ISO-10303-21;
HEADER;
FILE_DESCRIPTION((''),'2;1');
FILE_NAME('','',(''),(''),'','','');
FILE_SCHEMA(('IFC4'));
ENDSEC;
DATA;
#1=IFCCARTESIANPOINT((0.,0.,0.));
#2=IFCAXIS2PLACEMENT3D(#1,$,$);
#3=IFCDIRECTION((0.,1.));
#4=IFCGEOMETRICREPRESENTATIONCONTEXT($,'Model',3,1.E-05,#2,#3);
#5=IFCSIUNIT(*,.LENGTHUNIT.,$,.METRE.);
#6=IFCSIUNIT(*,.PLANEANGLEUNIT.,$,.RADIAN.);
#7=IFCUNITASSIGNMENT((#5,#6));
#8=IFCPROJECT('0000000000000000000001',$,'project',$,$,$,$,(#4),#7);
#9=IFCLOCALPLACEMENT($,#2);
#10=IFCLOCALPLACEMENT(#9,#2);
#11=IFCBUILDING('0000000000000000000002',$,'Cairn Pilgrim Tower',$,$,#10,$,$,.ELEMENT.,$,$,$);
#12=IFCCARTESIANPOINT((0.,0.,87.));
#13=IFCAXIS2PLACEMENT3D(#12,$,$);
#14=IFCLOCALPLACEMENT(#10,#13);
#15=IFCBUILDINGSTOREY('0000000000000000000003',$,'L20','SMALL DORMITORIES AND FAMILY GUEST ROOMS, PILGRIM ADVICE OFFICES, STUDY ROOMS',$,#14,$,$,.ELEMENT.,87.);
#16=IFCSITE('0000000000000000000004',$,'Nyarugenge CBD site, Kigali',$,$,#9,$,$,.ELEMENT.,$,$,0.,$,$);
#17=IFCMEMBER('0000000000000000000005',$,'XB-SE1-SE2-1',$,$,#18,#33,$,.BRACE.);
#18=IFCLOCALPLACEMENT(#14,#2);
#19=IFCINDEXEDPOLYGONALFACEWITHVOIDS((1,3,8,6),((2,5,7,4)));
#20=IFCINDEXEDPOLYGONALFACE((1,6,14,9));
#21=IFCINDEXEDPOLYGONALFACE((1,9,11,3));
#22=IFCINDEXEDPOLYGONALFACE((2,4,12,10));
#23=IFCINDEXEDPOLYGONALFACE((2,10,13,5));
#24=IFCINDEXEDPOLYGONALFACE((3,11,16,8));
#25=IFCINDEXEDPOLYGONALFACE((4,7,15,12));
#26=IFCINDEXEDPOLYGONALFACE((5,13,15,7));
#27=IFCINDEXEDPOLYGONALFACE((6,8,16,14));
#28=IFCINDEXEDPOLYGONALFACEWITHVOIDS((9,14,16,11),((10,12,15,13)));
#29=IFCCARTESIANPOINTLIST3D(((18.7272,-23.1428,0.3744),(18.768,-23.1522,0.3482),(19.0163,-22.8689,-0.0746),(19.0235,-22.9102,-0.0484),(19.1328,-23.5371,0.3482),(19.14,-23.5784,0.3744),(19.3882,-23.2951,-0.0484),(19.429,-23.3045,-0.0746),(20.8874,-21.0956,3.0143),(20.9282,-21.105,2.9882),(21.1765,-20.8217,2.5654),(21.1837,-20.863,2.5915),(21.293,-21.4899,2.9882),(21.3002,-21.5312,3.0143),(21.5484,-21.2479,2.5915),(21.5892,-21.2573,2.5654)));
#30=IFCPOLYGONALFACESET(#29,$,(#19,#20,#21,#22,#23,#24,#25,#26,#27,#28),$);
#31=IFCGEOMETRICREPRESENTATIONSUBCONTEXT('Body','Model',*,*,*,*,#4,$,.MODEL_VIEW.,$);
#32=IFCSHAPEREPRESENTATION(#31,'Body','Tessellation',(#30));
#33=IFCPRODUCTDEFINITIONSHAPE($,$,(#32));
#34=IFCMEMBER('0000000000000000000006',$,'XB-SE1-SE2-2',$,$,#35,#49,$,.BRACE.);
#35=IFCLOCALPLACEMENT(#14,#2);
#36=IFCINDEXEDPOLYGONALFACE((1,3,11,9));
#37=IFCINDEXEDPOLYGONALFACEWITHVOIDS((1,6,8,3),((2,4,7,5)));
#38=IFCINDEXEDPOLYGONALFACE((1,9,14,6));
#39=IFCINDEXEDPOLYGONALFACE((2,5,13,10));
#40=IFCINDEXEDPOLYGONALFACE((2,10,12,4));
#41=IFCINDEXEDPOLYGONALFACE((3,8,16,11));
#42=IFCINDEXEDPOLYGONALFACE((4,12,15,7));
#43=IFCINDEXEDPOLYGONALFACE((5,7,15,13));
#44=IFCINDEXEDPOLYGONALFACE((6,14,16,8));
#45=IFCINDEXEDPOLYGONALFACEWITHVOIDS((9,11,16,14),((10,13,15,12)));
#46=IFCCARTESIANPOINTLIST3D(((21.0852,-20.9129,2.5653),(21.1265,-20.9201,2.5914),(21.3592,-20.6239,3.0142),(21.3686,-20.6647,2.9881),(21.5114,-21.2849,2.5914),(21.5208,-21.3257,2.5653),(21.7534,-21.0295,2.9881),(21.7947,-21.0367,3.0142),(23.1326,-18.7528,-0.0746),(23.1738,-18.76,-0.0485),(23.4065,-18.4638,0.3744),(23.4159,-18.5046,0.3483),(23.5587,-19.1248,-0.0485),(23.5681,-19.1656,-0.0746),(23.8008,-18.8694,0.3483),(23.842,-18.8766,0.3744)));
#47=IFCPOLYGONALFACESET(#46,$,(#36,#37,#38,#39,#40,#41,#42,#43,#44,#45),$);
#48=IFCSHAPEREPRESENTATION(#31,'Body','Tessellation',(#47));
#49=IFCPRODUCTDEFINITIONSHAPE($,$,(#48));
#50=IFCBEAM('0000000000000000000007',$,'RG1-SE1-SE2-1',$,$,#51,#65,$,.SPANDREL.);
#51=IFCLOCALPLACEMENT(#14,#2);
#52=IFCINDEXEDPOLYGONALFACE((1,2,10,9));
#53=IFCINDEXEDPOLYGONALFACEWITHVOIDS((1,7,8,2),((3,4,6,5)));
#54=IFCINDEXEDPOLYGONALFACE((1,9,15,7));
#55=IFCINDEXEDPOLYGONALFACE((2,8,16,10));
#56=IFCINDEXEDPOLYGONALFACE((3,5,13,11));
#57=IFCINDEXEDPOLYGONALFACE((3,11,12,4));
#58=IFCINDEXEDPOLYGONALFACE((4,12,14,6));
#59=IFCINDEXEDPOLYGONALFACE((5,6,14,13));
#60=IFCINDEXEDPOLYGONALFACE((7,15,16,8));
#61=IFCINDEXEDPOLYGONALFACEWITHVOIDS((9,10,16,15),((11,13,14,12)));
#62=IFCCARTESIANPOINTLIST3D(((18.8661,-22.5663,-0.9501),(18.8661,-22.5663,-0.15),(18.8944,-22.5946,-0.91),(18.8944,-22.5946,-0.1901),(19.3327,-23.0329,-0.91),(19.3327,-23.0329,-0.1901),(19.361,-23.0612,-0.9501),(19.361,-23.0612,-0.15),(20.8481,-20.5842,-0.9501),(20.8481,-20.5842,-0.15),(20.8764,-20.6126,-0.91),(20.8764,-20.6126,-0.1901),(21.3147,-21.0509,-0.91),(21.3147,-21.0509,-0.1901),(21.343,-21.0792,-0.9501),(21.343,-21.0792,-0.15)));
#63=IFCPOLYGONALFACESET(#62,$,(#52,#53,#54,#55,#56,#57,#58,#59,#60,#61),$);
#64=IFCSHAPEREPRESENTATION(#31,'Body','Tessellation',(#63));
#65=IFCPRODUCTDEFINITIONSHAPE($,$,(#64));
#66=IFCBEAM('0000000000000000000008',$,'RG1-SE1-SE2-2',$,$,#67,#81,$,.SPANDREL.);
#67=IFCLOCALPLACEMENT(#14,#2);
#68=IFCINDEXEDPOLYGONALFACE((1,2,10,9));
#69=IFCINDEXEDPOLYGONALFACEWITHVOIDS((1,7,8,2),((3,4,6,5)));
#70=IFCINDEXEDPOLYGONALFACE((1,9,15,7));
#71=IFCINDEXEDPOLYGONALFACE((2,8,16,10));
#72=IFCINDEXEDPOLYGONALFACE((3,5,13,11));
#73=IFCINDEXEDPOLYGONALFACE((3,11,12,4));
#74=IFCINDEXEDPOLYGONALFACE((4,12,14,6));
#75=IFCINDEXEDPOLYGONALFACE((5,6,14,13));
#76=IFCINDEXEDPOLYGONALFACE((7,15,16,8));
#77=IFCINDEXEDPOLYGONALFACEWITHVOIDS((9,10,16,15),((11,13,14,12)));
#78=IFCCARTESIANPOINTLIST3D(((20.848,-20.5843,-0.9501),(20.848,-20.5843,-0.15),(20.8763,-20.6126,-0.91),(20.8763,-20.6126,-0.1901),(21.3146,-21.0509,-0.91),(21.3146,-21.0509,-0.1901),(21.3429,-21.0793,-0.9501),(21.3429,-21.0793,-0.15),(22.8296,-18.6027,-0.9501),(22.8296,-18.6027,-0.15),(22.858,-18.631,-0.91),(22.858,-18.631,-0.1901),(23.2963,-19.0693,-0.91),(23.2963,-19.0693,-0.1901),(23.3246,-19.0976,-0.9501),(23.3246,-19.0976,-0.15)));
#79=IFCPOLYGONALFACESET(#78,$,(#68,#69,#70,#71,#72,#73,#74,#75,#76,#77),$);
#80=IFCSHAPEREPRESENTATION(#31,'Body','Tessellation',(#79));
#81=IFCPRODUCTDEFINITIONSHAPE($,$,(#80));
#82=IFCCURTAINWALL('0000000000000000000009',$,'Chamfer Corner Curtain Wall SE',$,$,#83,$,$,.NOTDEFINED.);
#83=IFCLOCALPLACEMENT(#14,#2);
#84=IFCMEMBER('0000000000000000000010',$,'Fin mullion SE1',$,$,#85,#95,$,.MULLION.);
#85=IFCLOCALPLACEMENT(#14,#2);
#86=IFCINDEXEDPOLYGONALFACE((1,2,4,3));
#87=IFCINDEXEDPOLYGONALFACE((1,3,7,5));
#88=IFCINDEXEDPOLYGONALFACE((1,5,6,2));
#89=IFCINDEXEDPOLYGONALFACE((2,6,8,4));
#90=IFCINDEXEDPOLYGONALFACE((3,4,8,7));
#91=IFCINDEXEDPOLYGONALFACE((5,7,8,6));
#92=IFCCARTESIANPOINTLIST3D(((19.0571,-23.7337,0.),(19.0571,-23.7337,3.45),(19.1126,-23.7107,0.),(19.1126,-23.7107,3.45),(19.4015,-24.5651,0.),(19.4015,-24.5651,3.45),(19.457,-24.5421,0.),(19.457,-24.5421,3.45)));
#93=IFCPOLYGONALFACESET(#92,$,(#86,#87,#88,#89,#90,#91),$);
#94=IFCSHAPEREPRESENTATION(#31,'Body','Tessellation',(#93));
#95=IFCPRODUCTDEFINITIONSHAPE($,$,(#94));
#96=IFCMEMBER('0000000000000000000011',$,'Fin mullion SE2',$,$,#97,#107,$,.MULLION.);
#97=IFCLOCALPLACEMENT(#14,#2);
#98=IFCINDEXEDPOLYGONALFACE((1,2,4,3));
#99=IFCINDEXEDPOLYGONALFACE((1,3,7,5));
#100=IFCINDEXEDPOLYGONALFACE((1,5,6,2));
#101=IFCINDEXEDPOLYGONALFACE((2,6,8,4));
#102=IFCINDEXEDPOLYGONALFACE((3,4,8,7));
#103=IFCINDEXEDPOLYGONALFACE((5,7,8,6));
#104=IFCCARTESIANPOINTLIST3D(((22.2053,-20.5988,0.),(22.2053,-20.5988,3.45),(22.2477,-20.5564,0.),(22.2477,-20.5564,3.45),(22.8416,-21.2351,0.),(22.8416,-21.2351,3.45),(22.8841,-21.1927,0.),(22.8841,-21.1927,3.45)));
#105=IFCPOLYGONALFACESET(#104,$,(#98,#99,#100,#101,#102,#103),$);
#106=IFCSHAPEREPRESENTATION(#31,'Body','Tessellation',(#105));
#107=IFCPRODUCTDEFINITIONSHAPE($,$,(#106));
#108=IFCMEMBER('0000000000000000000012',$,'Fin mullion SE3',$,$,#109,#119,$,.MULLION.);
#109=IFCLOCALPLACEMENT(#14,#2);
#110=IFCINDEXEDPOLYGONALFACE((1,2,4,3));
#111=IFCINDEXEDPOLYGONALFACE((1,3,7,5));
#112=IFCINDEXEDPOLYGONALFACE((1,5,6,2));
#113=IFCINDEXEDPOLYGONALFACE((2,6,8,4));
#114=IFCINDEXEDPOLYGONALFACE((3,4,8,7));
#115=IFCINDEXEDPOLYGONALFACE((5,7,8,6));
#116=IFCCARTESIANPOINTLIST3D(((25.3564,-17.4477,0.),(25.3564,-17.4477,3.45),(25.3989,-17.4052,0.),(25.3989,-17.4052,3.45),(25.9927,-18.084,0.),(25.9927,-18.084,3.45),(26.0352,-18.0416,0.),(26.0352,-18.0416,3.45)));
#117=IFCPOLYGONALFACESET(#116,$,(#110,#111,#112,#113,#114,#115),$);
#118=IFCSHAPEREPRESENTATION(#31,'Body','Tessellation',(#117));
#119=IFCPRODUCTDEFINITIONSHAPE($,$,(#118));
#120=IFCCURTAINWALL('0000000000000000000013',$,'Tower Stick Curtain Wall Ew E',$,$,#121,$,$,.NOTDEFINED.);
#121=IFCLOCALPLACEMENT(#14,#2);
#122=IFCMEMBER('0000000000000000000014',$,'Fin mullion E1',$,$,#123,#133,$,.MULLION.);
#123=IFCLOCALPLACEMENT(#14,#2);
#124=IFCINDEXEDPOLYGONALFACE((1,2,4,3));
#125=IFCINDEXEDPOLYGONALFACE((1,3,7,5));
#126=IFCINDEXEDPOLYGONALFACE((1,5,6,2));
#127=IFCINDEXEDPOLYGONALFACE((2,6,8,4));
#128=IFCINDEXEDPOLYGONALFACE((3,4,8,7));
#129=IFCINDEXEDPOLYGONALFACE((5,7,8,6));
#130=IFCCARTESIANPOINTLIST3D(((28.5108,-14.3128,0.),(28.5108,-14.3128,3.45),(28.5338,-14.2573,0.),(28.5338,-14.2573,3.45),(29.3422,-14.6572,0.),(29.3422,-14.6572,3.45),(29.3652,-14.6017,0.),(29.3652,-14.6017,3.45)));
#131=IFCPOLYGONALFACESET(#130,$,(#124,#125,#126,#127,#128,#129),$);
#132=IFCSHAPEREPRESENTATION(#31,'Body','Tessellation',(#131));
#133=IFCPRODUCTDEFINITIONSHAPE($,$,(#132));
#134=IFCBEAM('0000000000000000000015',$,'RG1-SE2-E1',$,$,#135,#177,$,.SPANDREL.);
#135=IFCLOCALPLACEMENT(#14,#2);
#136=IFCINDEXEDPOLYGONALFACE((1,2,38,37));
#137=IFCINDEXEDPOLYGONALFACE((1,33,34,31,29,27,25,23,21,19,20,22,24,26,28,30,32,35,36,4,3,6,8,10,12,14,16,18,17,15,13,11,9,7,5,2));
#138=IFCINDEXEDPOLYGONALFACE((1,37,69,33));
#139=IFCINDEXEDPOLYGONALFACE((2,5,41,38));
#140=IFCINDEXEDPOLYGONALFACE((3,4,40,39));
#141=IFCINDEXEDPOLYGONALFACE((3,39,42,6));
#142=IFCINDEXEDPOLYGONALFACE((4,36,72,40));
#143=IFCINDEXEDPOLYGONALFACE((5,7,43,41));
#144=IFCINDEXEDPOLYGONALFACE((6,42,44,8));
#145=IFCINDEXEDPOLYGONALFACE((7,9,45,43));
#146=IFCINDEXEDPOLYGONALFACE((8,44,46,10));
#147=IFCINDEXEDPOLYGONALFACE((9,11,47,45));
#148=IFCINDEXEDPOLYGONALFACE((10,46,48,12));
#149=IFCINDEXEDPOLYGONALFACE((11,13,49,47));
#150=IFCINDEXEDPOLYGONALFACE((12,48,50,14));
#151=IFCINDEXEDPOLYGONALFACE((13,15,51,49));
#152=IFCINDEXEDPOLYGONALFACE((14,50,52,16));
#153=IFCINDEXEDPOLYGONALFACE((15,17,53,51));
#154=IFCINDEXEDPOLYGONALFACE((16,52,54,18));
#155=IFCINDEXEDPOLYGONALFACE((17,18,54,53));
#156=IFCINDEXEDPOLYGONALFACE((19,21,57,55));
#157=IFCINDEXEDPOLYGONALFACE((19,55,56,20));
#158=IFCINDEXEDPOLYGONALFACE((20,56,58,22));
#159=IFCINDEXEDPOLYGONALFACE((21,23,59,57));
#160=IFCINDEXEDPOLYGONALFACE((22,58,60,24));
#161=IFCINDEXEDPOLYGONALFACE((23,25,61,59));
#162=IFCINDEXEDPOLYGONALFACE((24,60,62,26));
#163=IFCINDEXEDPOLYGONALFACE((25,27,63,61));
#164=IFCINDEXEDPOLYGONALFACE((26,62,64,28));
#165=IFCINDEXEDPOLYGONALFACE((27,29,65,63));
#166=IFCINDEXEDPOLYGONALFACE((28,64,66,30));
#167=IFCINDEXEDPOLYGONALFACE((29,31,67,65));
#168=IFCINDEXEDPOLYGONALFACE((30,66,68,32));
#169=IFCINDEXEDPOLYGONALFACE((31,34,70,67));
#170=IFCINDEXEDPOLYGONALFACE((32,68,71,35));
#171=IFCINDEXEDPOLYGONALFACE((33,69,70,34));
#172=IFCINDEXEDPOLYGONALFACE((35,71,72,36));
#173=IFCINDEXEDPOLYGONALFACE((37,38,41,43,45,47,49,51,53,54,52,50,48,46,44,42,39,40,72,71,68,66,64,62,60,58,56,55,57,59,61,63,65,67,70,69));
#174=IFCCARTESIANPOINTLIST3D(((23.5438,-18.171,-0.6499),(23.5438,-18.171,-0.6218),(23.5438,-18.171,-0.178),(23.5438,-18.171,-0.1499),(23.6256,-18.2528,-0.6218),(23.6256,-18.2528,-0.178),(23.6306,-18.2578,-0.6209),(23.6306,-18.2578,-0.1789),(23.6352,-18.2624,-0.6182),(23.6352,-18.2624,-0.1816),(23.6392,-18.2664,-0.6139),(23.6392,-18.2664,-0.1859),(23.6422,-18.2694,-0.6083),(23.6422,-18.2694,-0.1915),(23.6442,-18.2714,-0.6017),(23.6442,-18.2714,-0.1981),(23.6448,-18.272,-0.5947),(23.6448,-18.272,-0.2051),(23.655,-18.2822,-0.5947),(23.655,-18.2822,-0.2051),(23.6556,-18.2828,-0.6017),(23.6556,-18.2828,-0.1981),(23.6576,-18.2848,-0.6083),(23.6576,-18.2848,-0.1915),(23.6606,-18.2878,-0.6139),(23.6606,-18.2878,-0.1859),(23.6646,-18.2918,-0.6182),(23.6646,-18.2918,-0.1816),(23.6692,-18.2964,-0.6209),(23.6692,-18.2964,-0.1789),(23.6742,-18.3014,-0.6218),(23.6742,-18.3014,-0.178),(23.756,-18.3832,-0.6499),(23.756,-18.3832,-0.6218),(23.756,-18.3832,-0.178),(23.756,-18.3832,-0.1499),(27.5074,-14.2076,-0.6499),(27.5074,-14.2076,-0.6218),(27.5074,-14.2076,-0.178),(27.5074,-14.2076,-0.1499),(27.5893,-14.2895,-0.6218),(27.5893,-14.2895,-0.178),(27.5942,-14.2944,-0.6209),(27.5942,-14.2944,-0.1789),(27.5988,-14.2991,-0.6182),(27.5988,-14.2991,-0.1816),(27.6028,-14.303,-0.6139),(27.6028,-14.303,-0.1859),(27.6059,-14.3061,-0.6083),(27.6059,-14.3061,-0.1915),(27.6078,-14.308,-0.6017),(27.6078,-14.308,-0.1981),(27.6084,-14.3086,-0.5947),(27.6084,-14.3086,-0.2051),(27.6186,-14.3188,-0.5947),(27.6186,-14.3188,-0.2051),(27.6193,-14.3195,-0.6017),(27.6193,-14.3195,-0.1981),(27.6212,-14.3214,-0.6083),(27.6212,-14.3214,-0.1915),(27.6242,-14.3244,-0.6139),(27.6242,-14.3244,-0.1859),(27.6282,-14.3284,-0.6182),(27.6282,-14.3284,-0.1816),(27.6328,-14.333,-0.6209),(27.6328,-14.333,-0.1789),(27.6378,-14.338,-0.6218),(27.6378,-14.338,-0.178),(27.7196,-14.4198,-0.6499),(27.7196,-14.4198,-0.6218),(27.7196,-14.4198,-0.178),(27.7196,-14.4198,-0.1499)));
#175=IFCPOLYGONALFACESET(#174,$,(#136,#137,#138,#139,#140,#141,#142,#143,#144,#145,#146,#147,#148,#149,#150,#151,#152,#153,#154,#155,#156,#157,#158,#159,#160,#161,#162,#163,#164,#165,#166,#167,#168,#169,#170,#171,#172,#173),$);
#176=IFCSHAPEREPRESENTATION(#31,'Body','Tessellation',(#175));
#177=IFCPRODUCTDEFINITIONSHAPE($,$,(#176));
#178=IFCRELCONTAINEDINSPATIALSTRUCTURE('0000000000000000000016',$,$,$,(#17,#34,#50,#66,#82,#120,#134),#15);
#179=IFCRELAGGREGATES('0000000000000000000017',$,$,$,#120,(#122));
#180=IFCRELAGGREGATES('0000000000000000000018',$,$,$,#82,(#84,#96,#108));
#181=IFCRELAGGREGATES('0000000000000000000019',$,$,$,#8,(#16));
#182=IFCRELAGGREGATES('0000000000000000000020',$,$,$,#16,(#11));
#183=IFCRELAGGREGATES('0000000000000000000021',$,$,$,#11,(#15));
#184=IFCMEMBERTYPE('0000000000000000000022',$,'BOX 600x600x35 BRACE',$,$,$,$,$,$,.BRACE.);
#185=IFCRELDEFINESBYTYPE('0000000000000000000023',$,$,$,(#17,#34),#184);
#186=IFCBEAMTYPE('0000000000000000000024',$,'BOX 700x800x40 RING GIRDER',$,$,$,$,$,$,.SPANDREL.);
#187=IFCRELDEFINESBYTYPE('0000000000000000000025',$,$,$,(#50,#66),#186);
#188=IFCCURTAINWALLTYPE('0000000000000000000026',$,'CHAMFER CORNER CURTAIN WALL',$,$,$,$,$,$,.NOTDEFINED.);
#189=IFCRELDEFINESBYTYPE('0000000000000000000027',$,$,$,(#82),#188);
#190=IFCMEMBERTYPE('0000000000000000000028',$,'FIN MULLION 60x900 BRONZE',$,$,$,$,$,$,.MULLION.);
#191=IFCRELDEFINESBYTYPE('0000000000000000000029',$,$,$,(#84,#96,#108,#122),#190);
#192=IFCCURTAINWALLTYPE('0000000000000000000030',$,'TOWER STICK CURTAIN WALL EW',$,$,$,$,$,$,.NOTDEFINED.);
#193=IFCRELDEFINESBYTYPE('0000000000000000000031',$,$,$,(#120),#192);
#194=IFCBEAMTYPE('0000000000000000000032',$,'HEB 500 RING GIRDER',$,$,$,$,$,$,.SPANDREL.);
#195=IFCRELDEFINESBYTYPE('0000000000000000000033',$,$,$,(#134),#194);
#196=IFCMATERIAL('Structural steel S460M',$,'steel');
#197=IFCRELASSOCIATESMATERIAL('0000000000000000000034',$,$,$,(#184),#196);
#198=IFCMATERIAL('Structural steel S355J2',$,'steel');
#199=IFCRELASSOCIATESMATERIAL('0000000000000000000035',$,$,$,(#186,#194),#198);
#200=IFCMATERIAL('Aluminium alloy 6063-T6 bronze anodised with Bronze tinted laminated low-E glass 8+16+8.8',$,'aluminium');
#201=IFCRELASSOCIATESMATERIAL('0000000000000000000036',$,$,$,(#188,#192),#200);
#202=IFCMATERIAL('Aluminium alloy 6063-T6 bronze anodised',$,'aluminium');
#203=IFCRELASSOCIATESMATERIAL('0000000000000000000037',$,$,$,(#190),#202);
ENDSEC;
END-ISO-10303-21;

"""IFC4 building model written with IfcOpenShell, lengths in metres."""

from ifc_helpers import new_model, si_unit, direction, frame, origin, origin_2d, place, context, subcontext, project, spatial, rectangle, hollow_rectangle, i_section, extrude, material, material_profile, profile_set, type_object, element, aggregate, save


model = new_model("IFC4")

# Units and contexts
model_context = context("Model", 3, precision=1e-05, world=origin(), true_north=direction((0.0, 1.0)))
body_context = subcontext(model_context, "Body", "Model", "MODEL_VIEW")
ifc_project = project(units=[si_unit("LENGTHUNIT", "METRE"), si_unit("PLANEANGLEUNIT", "RADIAN")], contexts=[model_context])

# Site, building, storey
site_placement = place(None, origin())
site = spatial("IfcSite", under=ifc_project, at=site_placement, Name="Nyarugenge CBD site, Kigali", CompositionType="ELEMENT", RefElevation=0.0)
building_placement = place(site_placement, origin())
building = spatial("IfcBuilding", under=site, at=building_placement, Name="Cairn Pilgrim Tower", CompositionType="ELEMENT")
storey_placement = place(building_placement, frame((0.0, 0.0, 87.0)))
storey = spatial("IfcBuildingStorey", under=building, at=storey_placement, Name="L20", Description="SMALL DORMITORIES AND FAMILY GUEST ROOMS, PILGRIM ADVICE OFFICES, STUDY ROOMS", CompositionType="ELEMENT", Elevation=87.0)

# Shared definitions
ifc_material_1 = material(Name="Structural steel S460M", Category="steel")

# Members
ifc_material_profile_1 = material_profile(ifc_material_1, hollow_rectangle(XDim=0.6001, YDim=0.6001, WallThickness=0.0349, at=origin_2d()), Name="BOX 600x600x35")
ifc_profile_set_1 = profile_set([ifc_material_profile_1], Name="Structural steel S460M")
member_type_1 = type_object("IfcMemberType", Name="BOX 600x600x35 BRACE", PredefinedType="BRACE", material=ifc_profile_set_1)
for number, where, z_axis, x_axis, name in (
    (1, (19.0781, -23.2236, 0.1499), (0.543, 0.514585, 0.663591), (-0.687861, 0.725843, 0.0), "XB-SE1-SE2-1"),
    (2, (23.4873, -18.8147, 0.1499), (-0.514631, -0.542982, 0.66357), (0.725802, -0.687904, 0.0), "XB-SE1-SE2-2"),
):
    element("IfcMember", number, at=place(storey_placement, frame(where, z_axis=z_axis, x_axis=x_axis)), inside=storey, type_object=member_type_1, Name=name, PredefinedType="BRACE", context=body_context, shape_type="SweptSolid", body=[
        extrude(hollow_rectangle(XDim=0.6001, YDim=0.6001, WallThickness=0.0349, at=origin_2d()), origin(), (0.0, 0.0, 1.0), 3.9783),
    ])

# Beams
ifc_material_2 = material(Name="Structural steel S355J2", Category="steel")
ifc_material_profile_2 = material_profile(ifc_material_2, hollow_rectangle(XDim=0.7, YDim=0.8, WallThickness=0.04, at=origin_2d()), Name="BOX 700x800x40")
ifc_profile_set_2 = profile_set([ifc_material_profile_2], Name="Structural steel S355J2")
beam_type_1 = type_object("IfcBeamType", Name="BOX 700x800x40 RING GIRDER", PredefinedType="SPANDREL", material=ifc_profile_set_2)
beam_1_placement = place(storey_placement, frame((19.1135, -22.8137, -0.55), z_axis=(0.707107, 0.707107, 0.0), x_axis=(-0.707107, 0.707107, 0.0)))
element("IfcBeam", 3, at=beam_1_placement, inside=storey, type_object=beam_type_1, Name="RG1-SE1-SE2-1", PredefinedType="SPANDREL", context=body_context, shape_type="SweptSolid", body=[
    extrude(hollow_rectangle(XDim=0.7, YDim=0.8, WallThickness=0.04, at=origin_2d()), origin(), (0.0, 0.0, 1.0), 2.803),
])
beam_2_placement = place(storey_placement, frame((21.0955, -20.8318, -0.55), z_axis=(0.707107, 0.707107, 0.0), x_axis=(-0.707107, 0.707107, 0.0)))
element("IfcBeam", 4, at=beam_2_placement, inside=storey, type_object=beam_type_1, Name="RG1-SE1-SE2-2", PredefinedType="SPANDREL", context=body_context, shape_type="SweptSolid", body=[
    extrude(hollow_rectangle(XDim=0.7, YDim=0.8, WallThickness=0.04, at=origin_2d()), origin(), (0.0, 0.0, 1.0), 2.8025),
])

# Curtain wall, members
ifc_material_3 = material(Name="Aluminium alloy 6063-T6 bronze anodised with Bronze tinted laminated low-E glass 8+16+8.8", Category="aluminium")
curtain_wall_type_1 = type_object("IfcCurtainWallType", Name="CHAMFER CORNER CURTAIN WALL", PredefinedType="NOTDEFINED", material=ifc_material_3)
curtain_wall_1_placement = place(storey_placement, origin())
curtain_wall_1 = element("IfcCurtainWall", 5, at=curtain_wall_1_placement, inside=storey, type_object=curtain_wall_type_1, Name="Chamfer Corner Curtain Wall SE", PredefinedType="NOTDEFINED")
ifc_material_4 = material(Name="Aluminium alloy 6063-T6 bronze anodised", Category="aluminium")
ifc_material_profile_3 = material_profile(ifc_material_4, rectangle(XDim=0.8999, YDim=0.0601, at=origin_2d()), Name="FIN MULLION 60x900 BRONZE")
ifc_profile_set_3 = profile_set([ifc_material_profile_3], Name="Aluminium alloy 6063-T6 bronze anodised")
member_type_2 = type_object("IfcMemberType", Name="FIN MULLION 60x900 BRONZE", PredefinedType="MULLION", material=ifc_profile_set_3)
member_1_placement = place(storey_placement, frame((19.2571, -24.1379, 0.0), z_axis=(0.0, 0.0, 1.0), x_axis=(0.382683, -0.92388, 0.0)))
member_1 = element("IfcMember", 6, at=member_1_placement, type_object=member_type_2, Name="Fin mullion SE1", PredefinedType="MULLION", context=body_context, shape_type="SweptSolid", body=[
    extrude(rectangle(XDim=0.8999, YDim=0.0601, at=origin_2d()), origin(), (0.0, 0.0, 1.0), 3.45),
])
member_2_placement = place(storey_placement, frame((22.5447, -20.8958, 0.0), z_axis=(0.0, 0.0, 1.0), x_axis=(0.707107, -0.707107, 0.0)))
member_2 = element("IfcMember", 7, at=member_2_placement, type_object=member_type_2, Name="Fin mullion SE2", PredefinedType="MULLION", context=body_context, shape_type="SweptSolid", body=[
    extrude(rectangle(XDim=0.8999, YDim=0.0601, at=origin_2d()), origin(), (0.0, 0.0, 1.0), 3.45),
])
member_3_placement = place(storey_placement, frame((25.6958, -17.7446, 0.0), z_axis=(0.0, 0.0, 1.0), x_axis=(0.707107, -0.707107, 0.0)))
member_3 = element("IfcMember", 8, at=member_3_placement, type_object=member_type_2, Name="Fin mullion SE3", PredefinedType="MULLION", context=body_context, shape_type="SweptSolid", body=[
    extrude(rectangle(XDim=0.8999, YDim=0.0601, at=origin_2d()), origin(), (0.0, 0.0, 1.0), 3.45),
])

# Curtain wall, member
curtain_wall_type_2 = type_object("IfcCurtainWallType", Name="TOWER STICK CURTAIN WALL EW", PredefinedType="NOTDEFINED", material=ifc_material_3)
curtain_wall_2_placement = place(storey_placement, origin())
curtain_wall_2 = element("IfcCurtainWall", 9, at=curtain_wall_2_placement, inside=storey, type_object=curtain_wall_type_2, Name="Tower Stick Curtain Wall Ew E", PredefinedType="NOTDEFINED")
member_4_placement = place(storey_placement, frame((28.938, -14.4573, 0.0), z_axis=(0.0, 0.0, 1.0), x_axis=(0.92388, -0.382683, 0.0)))
member_4 = element("IfcMember", 10, at=member_4_placement, type_object=member_type_2, Name="Fin mullion E1", PredefinedType="MULLION", context=body_context, shape_type="SweptSolid", body=[
    extrude(rectangle(XDim=0.8999, YDim=0.0601, at=origin_2d()), origin(), (0.0, 0.0, 1.0), 3.45),
])
aggregate(curtain_wall_2, [member_4])

# Beam
ifc_material_profile_4 = material_profile(ifc_material_2, i_section(OverallWidth=0.3, OverallDepth=0.5, WebThickness=0.0144, FlangeThickness=0.0281, FilletRadius=0.0271, at=origin_2d()), Name="HEB 500")
ifc_profile_set_4 = profile_set([ifc_material_profile_4], Name="Structural steel S355J2")
beam_type_2 = type_object("IfcBeamType", Name="HEB 500 RING GIRDER", PredefinedType="SPANDREL", material=ifc_profile_set_4)
beam_3_placement = place(storey_placement, frame((23.6499, -18.2771, -0.3999), z_axis=(0.707129, 0.707085, 0.0), x_axis=(-0.707085, 0.707129, 0.0)))
element("IfcBeam", 11, at=beam_3_placement, inside=storey, type_object=beam_type_2, Name="RG1-SE2-E1", PredefinedType="SPANDREL", context=body_context, shape_type="SweptSolid", body=[
    extrude(i_section(OverallWidth=0.3, OverallDepth=0.5, WebThickness=0.0144, FlangeThickness=0.0281, FilletRadius=0.0271, at=origin_2d()), origin(), (0.0, 0.0, 1.0), 5.6052),
])

aggregate(curtain_wall_1, [member_1, member_2, member_3])

save(model, "model.ifc")
